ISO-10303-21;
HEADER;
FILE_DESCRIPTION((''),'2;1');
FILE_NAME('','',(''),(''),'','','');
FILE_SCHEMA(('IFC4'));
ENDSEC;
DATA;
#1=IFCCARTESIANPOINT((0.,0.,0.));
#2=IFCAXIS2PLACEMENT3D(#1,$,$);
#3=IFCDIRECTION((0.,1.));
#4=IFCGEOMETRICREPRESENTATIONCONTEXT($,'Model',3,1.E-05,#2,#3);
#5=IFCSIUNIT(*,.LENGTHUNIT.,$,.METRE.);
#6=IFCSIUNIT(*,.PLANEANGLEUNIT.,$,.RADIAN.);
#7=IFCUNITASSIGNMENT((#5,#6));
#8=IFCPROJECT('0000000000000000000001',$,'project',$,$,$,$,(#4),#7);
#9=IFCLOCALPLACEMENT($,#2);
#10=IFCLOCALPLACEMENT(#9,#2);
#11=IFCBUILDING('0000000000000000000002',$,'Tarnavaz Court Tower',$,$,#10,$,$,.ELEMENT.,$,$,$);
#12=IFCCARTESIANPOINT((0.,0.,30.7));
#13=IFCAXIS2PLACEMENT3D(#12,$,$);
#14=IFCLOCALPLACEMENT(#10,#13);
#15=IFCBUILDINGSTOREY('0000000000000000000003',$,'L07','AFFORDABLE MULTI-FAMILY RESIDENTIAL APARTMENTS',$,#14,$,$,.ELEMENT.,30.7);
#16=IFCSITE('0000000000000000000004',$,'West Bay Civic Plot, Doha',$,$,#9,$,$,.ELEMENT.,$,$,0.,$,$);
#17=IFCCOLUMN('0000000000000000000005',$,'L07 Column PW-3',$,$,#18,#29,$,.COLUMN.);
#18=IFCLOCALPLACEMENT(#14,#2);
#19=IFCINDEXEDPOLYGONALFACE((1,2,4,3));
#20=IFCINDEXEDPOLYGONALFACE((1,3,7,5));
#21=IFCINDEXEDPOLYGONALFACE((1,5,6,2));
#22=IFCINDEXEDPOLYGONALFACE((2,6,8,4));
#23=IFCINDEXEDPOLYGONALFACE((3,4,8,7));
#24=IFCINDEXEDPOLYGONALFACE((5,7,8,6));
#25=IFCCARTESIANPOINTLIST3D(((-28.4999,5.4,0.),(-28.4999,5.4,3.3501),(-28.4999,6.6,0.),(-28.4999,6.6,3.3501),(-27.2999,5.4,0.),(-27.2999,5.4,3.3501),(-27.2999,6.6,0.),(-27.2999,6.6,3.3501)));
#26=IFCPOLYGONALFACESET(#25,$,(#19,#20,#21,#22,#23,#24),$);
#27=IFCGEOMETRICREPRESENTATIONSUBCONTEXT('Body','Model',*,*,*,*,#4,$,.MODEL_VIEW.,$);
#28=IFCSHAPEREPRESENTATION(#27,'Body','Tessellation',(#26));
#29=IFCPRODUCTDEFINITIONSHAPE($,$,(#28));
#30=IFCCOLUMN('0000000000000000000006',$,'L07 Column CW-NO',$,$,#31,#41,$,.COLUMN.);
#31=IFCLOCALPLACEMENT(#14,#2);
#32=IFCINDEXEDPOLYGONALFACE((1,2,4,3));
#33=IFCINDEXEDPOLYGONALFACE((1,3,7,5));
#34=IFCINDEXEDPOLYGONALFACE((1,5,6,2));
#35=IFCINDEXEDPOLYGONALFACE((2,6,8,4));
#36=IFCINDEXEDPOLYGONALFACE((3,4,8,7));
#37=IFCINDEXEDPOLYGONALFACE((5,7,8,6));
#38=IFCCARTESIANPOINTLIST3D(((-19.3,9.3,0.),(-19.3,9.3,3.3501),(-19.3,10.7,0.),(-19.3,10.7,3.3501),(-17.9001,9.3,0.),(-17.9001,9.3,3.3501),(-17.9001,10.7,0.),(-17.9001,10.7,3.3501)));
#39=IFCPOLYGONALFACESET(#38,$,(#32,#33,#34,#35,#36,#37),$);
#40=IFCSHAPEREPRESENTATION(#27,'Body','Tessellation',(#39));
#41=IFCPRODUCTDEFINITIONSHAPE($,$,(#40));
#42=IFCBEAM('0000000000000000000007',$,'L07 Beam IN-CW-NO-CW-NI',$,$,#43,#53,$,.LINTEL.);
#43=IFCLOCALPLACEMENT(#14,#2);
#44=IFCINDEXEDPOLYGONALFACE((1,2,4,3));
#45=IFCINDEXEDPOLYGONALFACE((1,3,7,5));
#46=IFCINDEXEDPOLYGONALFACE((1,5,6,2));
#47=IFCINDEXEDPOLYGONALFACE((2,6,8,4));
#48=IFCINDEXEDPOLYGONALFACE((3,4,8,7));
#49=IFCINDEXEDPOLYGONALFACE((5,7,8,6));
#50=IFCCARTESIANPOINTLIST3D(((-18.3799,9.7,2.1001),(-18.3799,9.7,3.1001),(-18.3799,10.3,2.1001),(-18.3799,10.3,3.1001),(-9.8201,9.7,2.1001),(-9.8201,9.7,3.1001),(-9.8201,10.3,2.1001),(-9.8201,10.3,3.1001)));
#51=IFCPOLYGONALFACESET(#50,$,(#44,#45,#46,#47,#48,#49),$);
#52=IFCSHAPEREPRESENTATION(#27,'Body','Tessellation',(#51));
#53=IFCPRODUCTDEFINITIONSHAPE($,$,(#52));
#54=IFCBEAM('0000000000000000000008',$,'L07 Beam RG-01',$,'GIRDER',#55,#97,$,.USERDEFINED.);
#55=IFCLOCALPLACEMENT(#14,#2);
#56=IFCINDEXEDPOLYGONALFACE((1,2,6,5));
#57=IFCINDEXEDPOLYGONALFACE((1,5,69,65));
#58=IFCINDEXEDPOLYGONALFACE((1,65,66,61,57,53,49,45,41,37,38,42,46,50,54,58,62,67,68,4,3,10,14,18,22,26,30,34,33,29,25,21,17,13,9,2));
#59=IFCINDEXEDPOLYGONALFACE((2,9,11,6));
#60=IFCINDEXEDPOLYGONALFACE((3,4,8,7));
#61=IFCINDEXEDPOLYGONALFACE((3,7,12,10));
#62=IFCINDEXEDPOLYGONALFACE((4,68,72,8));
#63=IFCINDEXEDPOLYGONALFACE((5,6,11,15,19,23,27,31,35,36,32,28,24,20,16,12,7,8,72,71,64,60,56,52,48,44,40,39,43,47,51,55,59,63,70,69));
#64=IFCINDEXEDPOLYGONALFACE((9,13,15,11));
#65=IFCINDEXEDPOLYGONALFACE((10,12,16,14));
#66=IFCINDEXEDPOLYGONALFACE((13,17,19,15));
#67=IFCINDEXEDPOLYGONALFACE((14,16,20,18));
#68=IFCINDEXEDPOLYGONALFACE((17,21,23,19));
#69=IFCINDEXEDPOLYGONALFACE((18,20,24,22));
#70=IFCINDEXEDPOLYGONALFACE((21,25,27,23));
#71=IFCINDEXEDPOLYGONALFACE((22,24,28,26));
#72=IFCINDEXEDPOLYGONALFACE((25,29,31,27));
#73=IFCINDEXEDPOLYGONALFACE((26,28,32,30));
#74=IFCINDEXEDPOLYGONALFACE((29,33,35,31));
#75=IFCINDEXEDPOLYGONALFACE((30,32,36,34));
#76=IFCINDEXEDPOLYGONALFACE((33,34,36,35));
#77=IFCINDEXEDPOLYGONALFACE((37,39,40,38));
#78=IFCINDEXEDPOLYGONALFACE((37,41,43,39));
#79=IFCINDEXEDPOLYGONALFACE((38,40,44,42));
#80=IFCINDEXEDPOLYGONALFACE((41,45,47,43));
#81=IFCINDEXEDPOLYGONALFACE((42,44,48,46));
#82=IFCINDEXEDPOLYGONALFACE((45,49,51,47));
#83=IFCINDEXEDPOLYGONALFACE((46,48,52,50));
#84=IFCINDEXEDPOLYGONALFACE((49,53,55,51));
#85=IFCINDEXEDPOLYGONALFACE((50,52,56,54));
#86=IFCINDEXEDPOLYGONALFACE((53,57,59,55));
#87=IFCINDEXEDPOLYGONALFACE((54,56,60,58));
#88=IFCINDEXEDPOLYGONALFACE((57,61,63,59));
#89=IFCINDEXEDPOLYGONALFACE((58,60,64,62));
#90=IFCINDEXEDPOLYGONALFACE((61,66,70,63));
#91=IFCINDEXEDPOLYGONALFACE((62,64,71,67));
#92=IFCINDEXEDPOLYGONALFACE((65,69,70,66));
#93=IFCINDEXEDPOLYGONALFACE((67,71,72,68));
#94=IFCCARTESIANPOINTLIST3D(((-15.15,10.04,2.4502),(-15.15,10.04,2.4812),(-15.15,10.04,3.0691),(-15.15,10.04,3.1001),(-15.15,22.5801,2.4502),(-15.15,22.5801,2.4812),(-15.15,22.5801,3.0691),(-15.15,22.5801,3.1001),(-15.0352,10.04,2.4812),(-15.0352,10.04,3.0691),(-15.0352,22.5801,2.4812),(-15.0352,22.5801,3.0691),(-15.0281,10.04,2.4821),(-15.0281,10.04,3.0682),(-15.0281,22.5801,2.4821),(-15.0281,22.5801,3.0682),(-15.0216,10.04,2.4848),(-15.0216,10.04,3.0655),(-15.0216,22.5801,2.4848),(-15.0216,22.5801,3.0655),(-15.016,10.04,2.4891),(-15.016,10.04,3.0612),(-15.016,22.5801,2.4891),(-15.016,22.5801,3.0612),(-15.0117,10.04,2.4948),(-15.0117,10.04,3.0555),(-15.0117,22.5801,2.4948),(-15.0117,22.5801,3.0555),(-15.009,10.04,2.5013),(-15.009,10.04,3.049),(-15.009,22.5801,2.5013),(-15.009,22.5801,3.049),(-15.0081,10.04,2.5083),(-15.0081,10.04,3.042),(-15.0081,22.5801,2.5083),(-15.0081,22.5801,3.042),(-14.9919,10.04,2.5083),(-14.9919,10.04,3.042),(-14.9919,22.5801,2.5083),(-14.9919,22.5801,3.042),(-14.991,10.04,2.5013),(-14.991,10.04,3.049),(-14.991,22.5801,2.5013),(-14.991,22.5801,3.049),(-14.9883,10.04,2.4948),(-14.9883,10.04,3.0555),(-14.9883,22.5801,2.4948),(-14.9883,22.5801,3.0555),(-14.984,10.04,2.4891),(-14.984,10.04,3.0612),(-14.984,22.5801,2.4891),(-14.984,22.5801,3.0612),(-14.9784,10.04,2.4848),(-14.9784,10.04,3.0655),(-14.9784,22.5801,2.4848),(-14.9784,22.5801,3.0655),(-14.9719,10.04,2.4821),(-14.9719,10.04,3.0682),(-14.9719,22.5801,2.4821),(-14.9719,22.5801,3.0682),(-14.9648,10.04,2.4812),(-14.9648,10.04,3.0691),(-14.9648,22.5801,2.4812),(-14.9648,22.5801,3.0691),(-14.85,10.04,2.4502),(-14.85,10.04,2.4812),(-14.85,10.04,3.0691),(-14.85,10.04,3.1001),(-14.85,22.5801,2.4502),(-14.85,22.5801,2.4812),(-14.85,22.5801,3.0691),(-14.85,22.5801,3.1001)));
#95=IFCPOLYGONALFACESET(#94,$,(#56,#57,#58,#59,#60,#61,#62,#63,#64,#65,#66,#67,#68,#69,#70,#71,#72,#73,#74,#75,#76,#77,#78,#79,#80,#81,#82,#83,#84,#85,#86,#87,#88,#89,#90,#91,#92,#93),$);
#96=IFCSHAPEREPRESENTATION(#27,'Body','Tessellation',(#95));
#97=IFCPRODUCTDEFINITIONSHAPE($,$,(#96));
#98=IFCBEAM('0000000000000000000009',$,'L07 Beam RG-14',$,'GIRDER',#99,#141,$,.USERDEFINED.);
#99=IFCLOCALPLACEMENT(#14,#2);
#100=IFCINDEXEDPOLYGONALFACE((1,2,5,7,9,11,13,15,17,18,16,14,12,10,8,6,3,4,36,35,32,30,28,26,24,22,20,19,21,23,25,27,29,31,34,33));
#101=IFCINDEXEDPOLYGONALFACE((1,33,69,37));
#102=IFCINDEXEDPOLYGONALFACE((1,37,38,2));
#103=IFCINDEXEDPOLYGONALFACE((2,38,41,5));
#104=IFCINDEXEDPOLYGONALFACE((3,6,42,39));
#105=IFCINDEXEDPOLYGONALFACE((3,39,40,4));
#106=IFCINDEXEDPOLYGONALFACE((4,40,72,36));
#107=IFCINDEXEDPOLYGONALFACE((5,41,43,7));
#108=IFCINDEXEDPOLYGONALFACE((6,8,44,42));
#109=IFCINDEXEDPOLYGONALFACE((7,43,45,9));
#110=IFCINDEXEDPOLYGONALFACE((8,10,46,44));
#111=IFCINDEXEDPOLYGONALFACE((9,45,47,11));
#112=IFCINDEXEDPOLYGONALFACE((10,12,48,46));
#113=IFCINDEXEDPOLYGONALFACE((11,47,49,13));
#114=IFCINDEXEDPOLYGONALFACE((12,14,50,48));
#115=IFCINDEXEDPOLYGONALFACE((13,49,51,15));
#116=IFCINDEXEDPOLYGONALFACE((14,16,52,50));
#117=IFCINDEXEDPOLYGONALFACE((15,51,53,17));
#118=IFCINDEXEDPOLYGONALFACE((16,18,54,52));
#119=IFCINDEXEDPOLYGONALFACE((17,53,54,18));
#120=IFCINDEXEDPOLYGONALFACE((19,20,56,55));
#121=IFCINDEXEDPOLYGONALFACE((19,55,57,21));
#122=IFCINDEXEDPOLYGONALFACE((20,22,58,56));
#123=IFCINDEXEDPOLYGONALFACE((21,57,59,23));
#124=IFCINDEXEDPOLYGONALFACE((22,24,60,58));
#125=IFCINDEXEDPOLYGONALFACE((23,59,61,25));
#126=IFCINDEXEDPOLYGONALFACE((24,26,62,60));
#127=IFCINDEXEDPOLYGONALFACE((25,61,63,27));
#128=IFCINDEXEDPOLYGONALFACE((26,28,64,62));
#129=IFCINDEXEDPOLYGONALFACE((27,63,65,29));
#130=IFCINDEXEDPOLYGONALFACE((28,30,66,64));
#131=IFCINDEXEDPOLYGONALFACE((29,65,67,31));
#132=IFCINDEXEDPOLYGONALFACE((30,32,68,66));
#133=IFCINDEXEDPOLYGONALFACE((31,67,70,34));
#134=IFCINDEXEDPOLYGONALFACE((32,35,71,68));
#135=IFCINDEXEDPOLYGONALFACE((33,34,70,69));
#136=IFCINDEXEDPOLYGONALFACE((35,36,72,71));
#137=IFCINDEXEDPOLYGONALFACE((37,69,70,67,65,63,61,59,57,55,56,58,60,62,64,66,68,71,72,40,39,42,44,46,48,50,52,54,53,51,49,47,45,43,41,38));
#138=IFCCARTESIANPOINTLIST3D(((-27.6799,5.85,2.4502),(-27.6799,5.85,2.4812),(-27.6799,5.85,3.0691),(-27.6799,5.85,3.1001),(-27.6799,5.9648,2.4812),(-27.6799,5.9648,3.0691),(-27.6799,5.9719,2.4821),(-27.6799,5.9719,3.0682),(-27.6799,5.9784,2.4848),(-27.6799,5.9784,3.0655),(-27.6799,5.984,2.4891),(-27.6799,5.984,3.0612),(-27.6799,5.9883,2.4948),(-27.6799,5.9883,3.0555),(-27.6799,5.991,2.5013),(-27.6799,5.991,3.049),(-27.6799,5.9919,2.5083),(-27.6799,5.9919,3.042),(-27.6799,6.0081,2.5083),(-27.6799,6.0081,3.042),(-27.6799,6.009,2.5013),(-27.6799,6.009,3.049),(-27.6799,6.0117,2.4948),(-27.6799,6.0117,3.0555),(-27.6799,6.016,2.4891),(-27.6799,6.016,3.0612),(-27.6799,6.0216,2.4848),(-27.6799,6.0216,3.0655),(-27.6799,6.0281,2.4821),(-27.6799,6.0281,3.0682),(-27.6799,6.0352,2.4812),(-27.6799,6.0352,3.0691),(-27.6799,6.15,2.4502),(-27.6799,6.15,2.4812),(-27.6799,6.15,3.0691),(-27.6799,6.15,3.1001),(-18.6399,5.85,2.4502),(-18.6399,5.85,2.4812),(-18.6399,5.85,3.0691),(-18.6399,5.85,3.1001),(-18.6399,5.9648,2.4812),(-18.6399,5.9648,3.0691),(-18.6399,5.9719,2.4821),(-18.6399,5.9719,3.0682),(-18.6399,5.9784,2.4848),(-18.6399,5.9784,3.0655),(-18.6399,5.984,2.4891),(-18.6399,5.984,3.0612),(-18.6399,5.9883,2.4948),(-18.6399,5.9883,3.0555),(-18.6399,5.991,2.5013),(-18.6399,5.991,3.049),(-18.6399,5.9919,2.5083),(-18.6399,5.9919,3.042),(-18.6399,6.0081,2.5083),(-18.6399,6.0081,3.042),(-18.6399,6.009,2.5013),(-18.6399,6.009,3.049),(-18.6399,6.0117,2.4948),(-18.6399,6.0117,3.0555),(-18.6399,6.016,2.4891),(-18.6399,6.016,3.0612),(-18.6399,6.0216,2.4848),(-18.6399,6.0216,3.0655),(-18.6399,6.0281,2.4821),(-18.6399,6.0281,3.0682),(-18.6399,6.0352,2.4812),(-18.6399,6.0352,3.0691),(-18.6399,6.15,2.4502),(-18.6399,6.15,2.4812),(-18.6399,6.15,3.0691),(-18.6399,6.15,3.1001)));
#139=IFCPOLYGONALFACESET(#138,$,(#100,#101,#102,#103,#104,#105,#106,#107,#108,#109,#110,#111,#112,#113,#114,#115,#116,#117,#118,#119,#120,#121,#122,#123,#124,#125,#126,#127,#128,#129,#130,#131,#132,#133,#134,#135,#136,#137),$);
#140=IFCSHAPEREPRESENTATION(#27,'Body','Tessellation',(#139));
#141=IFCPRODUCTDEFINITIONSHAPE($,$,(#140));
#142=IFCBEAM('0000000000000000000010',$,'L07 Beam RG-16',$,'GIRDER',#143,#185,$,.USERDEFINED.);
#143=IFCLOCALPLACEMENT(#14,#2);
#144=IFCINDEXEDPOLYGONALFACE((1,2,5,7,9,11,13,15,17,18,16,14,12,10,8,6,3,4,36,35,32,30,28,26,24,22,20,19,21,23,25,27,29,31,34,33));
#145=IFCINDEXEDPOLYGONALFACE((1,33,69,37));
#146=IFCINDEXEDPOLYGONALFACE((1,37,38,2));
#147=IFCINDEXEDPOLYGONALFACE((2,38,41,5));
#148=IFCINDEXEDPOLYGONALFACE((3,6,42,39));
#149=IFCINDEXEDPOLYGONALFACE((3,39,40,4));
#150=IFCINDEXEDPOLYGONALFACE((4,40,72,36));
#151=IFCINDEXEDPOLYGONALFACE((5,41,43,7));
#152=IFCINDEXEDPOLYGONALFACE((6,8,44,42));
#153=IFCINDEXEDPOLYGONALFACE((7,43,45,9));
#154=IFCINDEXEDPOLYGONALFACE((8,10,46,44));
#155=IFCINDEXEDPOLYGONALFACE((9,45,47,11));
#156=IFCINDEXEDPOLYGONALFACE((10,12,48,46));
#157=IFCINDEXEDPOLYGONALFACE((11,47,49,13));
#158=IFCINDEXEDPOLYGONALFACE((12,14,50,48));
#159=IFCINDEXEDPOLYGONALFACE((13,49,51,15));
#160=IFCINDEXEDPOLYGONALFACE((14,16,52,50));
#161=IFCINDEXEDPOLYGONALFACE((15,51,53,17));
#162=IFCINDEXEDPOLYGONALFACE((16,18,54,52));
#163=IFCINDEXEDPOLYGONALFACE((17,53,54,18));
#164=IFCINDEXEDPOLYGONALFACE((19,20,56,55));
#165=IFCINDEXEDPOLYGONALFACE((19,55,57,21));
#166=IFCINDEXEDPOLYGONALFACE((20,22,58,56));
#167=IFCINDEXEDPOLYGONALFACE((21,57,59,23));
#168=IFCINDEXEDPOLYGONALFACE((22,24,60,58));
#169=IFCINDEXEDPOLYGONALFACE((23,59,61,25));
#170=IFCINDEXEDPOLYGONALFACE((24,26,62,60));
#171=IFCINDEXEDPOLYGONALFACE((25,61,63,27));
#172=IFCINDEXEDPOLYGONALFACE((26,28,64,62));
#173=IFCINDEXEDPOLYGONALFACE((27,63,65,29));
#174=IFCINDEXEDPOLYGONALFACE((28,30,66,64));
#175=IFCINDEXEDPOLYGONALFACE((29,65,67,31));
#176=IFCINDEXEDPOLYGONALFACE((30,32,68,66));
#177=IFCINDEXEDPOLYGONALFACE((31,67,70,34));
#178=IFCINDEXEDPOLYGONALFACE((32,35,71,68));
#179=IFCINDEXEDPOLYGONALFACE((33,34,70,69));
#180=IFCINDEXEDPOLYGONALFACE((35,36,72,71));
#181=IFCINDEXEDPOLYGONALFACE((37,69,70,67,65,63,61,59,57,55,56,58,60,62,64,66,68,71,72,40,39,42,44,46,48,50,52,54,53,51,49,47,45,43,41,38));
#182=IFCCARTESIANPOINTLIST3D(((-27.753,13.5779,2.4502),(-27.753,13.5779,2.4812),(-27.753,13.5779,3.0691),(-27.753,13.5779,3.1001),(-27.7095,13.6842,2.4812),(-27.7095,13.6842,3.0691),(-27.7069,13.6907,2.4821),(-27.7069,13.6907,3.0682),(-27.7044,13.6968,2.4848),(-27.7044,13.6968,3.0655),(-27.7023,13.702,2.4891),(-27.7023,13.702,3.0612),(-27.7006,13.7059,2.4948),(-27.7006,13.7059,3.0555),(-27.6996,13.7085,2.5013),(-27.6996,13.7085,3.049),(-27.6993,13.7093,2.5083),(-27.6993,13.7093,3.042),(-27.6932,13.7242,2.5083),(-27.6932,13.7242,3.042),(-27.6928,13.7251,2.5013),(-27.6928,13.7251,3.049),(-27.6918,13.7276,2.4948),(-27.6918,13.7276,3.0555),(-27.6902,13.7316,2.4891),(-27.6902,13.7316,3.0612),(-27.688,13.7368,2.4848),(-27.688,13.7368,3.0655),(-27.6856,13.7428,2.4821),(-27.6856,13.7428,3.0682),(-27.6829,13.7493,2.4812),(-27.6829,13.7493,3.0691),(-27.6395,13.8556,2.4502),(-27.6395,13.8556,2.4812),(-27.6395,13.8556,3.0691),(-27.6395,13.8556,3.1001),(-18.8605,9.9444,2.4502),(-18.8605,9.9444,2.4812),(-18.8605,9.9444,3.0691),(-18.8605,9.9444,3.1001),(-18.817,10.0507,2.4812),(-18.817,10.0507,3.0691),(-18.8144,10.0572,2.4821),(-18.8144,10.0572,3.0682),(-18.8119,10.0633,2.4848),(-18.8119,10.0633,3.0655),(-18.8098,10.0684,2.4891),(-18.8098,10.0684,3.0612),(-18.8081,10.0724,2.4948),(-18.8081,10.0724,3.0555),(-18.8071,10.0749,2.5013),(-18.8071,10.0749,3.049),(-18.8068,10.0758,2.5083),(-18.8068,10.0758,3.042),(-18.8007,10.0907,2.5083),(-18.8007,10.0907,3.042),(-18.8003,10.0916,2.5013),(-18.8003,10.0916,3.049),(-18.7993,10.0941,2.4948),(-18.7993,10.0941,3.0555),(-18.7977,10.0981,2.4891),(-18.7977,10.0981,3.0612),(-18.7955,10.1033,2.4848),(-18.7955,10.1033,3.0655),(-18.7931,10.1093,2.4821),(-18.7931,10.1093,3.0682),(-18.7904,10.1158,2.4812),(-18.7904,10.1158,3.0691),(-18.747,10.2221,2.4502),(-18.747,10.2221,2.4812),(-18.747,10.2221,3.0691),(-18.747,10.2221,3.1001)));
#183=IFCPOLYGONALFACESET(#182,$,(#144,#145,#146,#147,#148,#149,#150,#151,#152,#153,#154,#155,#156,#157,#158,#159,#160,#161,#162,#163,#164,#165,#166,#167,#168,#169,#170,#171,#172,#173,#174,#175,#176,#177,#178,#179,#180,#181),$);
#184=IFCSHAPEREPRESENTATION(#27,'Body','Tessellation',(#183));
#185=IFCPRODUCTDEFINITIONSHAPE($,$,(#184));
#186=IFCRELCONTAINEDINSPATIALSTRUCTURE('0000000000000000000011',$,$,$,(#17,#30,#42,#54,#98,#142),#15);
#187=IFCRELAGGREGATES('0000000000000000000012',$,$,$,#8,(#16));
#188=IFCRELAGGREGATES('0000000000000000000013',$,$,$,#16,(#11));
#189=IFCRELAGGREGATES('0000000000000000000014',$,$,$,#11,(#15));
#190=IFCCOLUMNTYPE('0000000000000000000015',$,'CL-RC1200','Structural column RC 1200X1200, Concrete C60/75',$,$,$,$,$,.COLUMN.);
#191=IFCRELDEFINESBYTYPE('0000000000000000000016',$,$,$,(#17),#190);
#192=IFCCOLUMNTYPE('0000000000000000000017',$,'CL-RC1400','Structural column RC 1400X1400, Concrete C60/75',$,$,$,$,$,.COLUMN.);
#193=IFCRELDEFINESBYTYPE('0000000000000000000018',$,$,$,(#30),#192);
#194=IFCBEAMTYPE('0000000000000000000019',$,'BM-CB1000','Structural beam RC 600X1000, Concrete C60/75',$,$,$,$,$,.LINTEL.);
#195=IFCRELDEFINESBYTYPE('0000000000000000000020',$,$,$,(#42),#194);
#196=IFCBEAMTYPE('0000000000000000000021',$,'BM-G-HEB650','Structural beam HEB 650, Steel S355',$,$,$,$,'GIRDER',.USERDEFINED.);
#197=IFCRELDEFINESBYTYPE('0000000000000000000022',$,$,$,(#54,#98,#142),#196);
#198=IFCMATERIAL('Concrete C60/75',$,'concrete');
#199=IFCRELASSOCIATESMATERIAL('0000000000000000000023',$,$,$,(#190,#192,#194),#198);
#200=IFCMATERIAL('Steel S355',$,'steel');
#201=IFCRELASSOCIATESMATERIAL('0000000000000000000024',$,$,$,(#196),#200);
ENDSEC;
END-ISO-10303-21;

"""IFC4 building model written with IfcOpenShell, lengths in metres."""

from ifc_helpers import new_model, si_unit, direction, frame, origin, origin_2d, place, context, subcontext, project, spatial, rectangle, i_section, extrude, material, material_profile, profile_set, type_object, element, save


model = new_model("IFC4")

# Units and contexts
model_context = context("Model", 3, precision=1e-05, world=origin(), true_north=direction((0.0, 1.0)))
body_context = subcontext(model_context, "Body", "Model", "MODEL_VIEW")
ifc_project = project(units=[si_unit("LENGTHUNIT", "METRE"), si_unit("PLANEANGLEUNIT", "RADIAN")], contexts=[model_context])

# Site, building, storey
site_placement = place(None, origin())
site = spatial("IfcSite", under=ifc_project, at=site_placement, Name="West Bay Civic Plot, Doha", CompositionType="ELEMENT", RefElevation=0.0)
building_placement = place(site_placement, origin())
building = spatial("IfcBuilding", under=site, at=building_placement, Name="Tarnavaz Court Tower", CompositionType="ELEMENT")
storey_placement = place(building_placement, frame((0.0, 0.0, 30.7)))
storey = spatial("IfcBuildingStorey", under=building, at=storey_placement, Name="L07", Description="AFFORDABLE MULTI-FAMILY RESIDENTIAL APARTMENTS", CompositionType="ELEMENT", Elevation=30.7)

# Columns
ifc_material_1 = material(Name="Concrete C60/75", Category="concrete")
ifc_material_profile_1 = material_profile(ifc_material_1, rectangle(XDim=1.2, YDim=1.2, at=origin_2d()), Name="RC 1200X1200")
ifc_profile_set_1 = profile_set([ifc_material_profile_1], Name="Concrete C60/75")
column_type_1 = type_object("IfcColumnType", Name="CL-RC1200", Description="Structural column RC 1200X1200, Concrete C60/75", PredefinedType="COLUMN", material=ifc_profile_set_1)
column_1_placement = place(storey_placement, frame((-27.8999, 6.0, 0.0), z_axis=(0.0, 0.0, 1.0), x_axis=(1.0, 0.0, 0.0)))
element("IfcColumn", 1, at=column_1_placement, inside=storey, type_object=column_type_1, Name="L07 Column PW-3", PredefinedType="COLUMN", context=body_context, shape_type="SweptSolid", body=[
    extrude(rectangle(XDim=1.2, YDim=1.2, at=origin_2d()), origin(), (0.0, 0.0, 1.0), 3.3501),
])
ifc_material_profile_2 = material_profile(ifc_material_1, rectangle(XDim=1.3999, YDim=1.3999, at=origin_2d()), Name="RC 1400X1400")
ifc_profile_set_2 = profile_set([ifc_material_profile_2], Name="Concrete C60/75")
column_type_2 = type_object("IfcColumnType", Name="CL-RC1400", Description="Structural column RC 1400X1400, Concrete C60/75", PredefinedType="COLUMN", material=ifc_profile_set_2)
column_2_placement = place(storey_placement, frame((-18.6001, 10.0, 0.0), z_axis=(0.0, 0.0, 1.0), x_axis=(1.0, 0.0, 0.0)))
element("IfcColumn", 2, at=column_2_placement, inside=storey, type_object=column_type_2, Name="L07 Column CW-NO", PredefinedType="COLUMN", context=body_context, shape_type="SweptSolid", body=[
    extrude(rectangle(XDim=1.3999, YDim=1.3999, at=origin_2d()), origin(), (0.0, 0.0, 1.0), 3.3501),
])

# Beams
ifc_material_profile_3 = material_profile(ifc_material_1, rectangle(XDim=0.6001, YDim=1.0, at=origin_2d()), Name="RC 600X1000")
ifc_profile_set_3 = profile_set([ifc_material_profile_3], Name="Concrete C60/75")
beam_type_1 = type_object("IfcBeamType", Name="BM-CB1000", Description="Structural beam RC 600X1000, Concrete C60/75", PredefinedType="LINTEL", material=ifc_profile_set_3)
beam_1_placement = place(storey_placement, frame((-18.3799, 10.0, 2.6001), z_axis=(1.0, 0.0, 0.0), x_axis=(0.0, 1.0, 0.0)))
element("IfcBeam", 3, at=beam_1_placement, inside=storey, type_object=beam_type_1, Name="L07 Beam IN-CW-NO-CW-NI", PredefinedType="LINTEL", context=body_context, shape_type="SweptSolid", body=[
    extrude(rectangle(XDim=0.6001, YDim=1.0, at=origin_2d()), origin(), (0.0, 0.0, 1.0), 8.5598),
])
ifc_material_2 = material(Name="Steel S355", Category="steel")
ifc_material_profile_4 = material_profile(ifc_material_2, i_section(OverallWidth=0.3, OverallDepth=0.6499, WebThickness=0.0161, FlangeThickness=0.031, FilletRadius=0.0271, at=origin_2d()), Name="HEB 650")
ifc_profile_set_4 = profile_set([ifc_material_profile_4], Name="Steel S355")
beam_type_2 = type_object("IfcBeamType", Name="BM-G-HEB650", Description="Structural beam HEB 650, Steel S355", ElementType="GIRDER", PredefinedType="USERDEFINED", material=ifc_profile_set_4)
beam_2_placement = place(storey_placement, frame((-15.0, 10.04, 2.7751), z_axis=(0.0, 1.0, 0.0), x_axis=(-1.0, 0.0, 0.0)))
element("IfcBeam", 4, at=beam_2_placement, inside=storey, type_object=beam_type_2, Name="L07 Beam RG-01", ObjectType="GIRDER", PredefinedType="USERDEFINED", context=body_context, shape_type="SweptSolid", body=[
    extrude(i_section(OverallWidth=0.3, OverallDepth=0.6499, WebThickness=0.0161, FlangeThickness=0.031, FilletRadius=0.0271, at=origin_2d()), origin(), (0.0, 0.0, 1.0), 12.54),
])
beam_3_placement = place(storey_placement, frame((-18.6399, 6.0, 2.7751), z_axis=(-1.0, 0.0, 0.0), x_axis=(0.0, -1.0, 0.0)))
element("IfcBeam", 5, at=beam_3_placement, inside=storey, type_object=beam_type_2, Name="L07 Beam RG-14", ObjectType="GIRDER", PredefinedType="USERDEFINED", context=body_context, shape_type="SweptSolid", body=[
    extrude(i_section(OverallWidth=0.3, OverallDepth=0.6499, WebThickness=0.0161, FlangeThickness=0.031, FilletRadius=0.0271, at=origin_2d()), origin(), (0.0, 0.0, 1.0), 9.04),
])
beam_4_placement = place(storey_placement, frame((-18.8037, 10.0833, 2.7751), z_axis=(-0.925705, 0.378247, 0.0), x_axis=(-0.378247, -0.925705, 0.0)))
element("IfcBeam", 6, at=beam_4_placement, inside=storey, type_object=beam_type_2, Name="L07 Beam RG-16", ObjectType="GIRDER", PredefinedType="USERDEFINED", context=body_context, shape_type="SweptSolid", body=[
    extrude(i_section(OverallWidth=0.3, OverallDepth=0.6499, WebThickness=0.0161, FlangeThickness=0.031, FilletRadius=0.0271, at=origin_2d()), origin(), (0.0, 0.0, 1.0), 9.6062),
])

save(model, "model.ifc")
